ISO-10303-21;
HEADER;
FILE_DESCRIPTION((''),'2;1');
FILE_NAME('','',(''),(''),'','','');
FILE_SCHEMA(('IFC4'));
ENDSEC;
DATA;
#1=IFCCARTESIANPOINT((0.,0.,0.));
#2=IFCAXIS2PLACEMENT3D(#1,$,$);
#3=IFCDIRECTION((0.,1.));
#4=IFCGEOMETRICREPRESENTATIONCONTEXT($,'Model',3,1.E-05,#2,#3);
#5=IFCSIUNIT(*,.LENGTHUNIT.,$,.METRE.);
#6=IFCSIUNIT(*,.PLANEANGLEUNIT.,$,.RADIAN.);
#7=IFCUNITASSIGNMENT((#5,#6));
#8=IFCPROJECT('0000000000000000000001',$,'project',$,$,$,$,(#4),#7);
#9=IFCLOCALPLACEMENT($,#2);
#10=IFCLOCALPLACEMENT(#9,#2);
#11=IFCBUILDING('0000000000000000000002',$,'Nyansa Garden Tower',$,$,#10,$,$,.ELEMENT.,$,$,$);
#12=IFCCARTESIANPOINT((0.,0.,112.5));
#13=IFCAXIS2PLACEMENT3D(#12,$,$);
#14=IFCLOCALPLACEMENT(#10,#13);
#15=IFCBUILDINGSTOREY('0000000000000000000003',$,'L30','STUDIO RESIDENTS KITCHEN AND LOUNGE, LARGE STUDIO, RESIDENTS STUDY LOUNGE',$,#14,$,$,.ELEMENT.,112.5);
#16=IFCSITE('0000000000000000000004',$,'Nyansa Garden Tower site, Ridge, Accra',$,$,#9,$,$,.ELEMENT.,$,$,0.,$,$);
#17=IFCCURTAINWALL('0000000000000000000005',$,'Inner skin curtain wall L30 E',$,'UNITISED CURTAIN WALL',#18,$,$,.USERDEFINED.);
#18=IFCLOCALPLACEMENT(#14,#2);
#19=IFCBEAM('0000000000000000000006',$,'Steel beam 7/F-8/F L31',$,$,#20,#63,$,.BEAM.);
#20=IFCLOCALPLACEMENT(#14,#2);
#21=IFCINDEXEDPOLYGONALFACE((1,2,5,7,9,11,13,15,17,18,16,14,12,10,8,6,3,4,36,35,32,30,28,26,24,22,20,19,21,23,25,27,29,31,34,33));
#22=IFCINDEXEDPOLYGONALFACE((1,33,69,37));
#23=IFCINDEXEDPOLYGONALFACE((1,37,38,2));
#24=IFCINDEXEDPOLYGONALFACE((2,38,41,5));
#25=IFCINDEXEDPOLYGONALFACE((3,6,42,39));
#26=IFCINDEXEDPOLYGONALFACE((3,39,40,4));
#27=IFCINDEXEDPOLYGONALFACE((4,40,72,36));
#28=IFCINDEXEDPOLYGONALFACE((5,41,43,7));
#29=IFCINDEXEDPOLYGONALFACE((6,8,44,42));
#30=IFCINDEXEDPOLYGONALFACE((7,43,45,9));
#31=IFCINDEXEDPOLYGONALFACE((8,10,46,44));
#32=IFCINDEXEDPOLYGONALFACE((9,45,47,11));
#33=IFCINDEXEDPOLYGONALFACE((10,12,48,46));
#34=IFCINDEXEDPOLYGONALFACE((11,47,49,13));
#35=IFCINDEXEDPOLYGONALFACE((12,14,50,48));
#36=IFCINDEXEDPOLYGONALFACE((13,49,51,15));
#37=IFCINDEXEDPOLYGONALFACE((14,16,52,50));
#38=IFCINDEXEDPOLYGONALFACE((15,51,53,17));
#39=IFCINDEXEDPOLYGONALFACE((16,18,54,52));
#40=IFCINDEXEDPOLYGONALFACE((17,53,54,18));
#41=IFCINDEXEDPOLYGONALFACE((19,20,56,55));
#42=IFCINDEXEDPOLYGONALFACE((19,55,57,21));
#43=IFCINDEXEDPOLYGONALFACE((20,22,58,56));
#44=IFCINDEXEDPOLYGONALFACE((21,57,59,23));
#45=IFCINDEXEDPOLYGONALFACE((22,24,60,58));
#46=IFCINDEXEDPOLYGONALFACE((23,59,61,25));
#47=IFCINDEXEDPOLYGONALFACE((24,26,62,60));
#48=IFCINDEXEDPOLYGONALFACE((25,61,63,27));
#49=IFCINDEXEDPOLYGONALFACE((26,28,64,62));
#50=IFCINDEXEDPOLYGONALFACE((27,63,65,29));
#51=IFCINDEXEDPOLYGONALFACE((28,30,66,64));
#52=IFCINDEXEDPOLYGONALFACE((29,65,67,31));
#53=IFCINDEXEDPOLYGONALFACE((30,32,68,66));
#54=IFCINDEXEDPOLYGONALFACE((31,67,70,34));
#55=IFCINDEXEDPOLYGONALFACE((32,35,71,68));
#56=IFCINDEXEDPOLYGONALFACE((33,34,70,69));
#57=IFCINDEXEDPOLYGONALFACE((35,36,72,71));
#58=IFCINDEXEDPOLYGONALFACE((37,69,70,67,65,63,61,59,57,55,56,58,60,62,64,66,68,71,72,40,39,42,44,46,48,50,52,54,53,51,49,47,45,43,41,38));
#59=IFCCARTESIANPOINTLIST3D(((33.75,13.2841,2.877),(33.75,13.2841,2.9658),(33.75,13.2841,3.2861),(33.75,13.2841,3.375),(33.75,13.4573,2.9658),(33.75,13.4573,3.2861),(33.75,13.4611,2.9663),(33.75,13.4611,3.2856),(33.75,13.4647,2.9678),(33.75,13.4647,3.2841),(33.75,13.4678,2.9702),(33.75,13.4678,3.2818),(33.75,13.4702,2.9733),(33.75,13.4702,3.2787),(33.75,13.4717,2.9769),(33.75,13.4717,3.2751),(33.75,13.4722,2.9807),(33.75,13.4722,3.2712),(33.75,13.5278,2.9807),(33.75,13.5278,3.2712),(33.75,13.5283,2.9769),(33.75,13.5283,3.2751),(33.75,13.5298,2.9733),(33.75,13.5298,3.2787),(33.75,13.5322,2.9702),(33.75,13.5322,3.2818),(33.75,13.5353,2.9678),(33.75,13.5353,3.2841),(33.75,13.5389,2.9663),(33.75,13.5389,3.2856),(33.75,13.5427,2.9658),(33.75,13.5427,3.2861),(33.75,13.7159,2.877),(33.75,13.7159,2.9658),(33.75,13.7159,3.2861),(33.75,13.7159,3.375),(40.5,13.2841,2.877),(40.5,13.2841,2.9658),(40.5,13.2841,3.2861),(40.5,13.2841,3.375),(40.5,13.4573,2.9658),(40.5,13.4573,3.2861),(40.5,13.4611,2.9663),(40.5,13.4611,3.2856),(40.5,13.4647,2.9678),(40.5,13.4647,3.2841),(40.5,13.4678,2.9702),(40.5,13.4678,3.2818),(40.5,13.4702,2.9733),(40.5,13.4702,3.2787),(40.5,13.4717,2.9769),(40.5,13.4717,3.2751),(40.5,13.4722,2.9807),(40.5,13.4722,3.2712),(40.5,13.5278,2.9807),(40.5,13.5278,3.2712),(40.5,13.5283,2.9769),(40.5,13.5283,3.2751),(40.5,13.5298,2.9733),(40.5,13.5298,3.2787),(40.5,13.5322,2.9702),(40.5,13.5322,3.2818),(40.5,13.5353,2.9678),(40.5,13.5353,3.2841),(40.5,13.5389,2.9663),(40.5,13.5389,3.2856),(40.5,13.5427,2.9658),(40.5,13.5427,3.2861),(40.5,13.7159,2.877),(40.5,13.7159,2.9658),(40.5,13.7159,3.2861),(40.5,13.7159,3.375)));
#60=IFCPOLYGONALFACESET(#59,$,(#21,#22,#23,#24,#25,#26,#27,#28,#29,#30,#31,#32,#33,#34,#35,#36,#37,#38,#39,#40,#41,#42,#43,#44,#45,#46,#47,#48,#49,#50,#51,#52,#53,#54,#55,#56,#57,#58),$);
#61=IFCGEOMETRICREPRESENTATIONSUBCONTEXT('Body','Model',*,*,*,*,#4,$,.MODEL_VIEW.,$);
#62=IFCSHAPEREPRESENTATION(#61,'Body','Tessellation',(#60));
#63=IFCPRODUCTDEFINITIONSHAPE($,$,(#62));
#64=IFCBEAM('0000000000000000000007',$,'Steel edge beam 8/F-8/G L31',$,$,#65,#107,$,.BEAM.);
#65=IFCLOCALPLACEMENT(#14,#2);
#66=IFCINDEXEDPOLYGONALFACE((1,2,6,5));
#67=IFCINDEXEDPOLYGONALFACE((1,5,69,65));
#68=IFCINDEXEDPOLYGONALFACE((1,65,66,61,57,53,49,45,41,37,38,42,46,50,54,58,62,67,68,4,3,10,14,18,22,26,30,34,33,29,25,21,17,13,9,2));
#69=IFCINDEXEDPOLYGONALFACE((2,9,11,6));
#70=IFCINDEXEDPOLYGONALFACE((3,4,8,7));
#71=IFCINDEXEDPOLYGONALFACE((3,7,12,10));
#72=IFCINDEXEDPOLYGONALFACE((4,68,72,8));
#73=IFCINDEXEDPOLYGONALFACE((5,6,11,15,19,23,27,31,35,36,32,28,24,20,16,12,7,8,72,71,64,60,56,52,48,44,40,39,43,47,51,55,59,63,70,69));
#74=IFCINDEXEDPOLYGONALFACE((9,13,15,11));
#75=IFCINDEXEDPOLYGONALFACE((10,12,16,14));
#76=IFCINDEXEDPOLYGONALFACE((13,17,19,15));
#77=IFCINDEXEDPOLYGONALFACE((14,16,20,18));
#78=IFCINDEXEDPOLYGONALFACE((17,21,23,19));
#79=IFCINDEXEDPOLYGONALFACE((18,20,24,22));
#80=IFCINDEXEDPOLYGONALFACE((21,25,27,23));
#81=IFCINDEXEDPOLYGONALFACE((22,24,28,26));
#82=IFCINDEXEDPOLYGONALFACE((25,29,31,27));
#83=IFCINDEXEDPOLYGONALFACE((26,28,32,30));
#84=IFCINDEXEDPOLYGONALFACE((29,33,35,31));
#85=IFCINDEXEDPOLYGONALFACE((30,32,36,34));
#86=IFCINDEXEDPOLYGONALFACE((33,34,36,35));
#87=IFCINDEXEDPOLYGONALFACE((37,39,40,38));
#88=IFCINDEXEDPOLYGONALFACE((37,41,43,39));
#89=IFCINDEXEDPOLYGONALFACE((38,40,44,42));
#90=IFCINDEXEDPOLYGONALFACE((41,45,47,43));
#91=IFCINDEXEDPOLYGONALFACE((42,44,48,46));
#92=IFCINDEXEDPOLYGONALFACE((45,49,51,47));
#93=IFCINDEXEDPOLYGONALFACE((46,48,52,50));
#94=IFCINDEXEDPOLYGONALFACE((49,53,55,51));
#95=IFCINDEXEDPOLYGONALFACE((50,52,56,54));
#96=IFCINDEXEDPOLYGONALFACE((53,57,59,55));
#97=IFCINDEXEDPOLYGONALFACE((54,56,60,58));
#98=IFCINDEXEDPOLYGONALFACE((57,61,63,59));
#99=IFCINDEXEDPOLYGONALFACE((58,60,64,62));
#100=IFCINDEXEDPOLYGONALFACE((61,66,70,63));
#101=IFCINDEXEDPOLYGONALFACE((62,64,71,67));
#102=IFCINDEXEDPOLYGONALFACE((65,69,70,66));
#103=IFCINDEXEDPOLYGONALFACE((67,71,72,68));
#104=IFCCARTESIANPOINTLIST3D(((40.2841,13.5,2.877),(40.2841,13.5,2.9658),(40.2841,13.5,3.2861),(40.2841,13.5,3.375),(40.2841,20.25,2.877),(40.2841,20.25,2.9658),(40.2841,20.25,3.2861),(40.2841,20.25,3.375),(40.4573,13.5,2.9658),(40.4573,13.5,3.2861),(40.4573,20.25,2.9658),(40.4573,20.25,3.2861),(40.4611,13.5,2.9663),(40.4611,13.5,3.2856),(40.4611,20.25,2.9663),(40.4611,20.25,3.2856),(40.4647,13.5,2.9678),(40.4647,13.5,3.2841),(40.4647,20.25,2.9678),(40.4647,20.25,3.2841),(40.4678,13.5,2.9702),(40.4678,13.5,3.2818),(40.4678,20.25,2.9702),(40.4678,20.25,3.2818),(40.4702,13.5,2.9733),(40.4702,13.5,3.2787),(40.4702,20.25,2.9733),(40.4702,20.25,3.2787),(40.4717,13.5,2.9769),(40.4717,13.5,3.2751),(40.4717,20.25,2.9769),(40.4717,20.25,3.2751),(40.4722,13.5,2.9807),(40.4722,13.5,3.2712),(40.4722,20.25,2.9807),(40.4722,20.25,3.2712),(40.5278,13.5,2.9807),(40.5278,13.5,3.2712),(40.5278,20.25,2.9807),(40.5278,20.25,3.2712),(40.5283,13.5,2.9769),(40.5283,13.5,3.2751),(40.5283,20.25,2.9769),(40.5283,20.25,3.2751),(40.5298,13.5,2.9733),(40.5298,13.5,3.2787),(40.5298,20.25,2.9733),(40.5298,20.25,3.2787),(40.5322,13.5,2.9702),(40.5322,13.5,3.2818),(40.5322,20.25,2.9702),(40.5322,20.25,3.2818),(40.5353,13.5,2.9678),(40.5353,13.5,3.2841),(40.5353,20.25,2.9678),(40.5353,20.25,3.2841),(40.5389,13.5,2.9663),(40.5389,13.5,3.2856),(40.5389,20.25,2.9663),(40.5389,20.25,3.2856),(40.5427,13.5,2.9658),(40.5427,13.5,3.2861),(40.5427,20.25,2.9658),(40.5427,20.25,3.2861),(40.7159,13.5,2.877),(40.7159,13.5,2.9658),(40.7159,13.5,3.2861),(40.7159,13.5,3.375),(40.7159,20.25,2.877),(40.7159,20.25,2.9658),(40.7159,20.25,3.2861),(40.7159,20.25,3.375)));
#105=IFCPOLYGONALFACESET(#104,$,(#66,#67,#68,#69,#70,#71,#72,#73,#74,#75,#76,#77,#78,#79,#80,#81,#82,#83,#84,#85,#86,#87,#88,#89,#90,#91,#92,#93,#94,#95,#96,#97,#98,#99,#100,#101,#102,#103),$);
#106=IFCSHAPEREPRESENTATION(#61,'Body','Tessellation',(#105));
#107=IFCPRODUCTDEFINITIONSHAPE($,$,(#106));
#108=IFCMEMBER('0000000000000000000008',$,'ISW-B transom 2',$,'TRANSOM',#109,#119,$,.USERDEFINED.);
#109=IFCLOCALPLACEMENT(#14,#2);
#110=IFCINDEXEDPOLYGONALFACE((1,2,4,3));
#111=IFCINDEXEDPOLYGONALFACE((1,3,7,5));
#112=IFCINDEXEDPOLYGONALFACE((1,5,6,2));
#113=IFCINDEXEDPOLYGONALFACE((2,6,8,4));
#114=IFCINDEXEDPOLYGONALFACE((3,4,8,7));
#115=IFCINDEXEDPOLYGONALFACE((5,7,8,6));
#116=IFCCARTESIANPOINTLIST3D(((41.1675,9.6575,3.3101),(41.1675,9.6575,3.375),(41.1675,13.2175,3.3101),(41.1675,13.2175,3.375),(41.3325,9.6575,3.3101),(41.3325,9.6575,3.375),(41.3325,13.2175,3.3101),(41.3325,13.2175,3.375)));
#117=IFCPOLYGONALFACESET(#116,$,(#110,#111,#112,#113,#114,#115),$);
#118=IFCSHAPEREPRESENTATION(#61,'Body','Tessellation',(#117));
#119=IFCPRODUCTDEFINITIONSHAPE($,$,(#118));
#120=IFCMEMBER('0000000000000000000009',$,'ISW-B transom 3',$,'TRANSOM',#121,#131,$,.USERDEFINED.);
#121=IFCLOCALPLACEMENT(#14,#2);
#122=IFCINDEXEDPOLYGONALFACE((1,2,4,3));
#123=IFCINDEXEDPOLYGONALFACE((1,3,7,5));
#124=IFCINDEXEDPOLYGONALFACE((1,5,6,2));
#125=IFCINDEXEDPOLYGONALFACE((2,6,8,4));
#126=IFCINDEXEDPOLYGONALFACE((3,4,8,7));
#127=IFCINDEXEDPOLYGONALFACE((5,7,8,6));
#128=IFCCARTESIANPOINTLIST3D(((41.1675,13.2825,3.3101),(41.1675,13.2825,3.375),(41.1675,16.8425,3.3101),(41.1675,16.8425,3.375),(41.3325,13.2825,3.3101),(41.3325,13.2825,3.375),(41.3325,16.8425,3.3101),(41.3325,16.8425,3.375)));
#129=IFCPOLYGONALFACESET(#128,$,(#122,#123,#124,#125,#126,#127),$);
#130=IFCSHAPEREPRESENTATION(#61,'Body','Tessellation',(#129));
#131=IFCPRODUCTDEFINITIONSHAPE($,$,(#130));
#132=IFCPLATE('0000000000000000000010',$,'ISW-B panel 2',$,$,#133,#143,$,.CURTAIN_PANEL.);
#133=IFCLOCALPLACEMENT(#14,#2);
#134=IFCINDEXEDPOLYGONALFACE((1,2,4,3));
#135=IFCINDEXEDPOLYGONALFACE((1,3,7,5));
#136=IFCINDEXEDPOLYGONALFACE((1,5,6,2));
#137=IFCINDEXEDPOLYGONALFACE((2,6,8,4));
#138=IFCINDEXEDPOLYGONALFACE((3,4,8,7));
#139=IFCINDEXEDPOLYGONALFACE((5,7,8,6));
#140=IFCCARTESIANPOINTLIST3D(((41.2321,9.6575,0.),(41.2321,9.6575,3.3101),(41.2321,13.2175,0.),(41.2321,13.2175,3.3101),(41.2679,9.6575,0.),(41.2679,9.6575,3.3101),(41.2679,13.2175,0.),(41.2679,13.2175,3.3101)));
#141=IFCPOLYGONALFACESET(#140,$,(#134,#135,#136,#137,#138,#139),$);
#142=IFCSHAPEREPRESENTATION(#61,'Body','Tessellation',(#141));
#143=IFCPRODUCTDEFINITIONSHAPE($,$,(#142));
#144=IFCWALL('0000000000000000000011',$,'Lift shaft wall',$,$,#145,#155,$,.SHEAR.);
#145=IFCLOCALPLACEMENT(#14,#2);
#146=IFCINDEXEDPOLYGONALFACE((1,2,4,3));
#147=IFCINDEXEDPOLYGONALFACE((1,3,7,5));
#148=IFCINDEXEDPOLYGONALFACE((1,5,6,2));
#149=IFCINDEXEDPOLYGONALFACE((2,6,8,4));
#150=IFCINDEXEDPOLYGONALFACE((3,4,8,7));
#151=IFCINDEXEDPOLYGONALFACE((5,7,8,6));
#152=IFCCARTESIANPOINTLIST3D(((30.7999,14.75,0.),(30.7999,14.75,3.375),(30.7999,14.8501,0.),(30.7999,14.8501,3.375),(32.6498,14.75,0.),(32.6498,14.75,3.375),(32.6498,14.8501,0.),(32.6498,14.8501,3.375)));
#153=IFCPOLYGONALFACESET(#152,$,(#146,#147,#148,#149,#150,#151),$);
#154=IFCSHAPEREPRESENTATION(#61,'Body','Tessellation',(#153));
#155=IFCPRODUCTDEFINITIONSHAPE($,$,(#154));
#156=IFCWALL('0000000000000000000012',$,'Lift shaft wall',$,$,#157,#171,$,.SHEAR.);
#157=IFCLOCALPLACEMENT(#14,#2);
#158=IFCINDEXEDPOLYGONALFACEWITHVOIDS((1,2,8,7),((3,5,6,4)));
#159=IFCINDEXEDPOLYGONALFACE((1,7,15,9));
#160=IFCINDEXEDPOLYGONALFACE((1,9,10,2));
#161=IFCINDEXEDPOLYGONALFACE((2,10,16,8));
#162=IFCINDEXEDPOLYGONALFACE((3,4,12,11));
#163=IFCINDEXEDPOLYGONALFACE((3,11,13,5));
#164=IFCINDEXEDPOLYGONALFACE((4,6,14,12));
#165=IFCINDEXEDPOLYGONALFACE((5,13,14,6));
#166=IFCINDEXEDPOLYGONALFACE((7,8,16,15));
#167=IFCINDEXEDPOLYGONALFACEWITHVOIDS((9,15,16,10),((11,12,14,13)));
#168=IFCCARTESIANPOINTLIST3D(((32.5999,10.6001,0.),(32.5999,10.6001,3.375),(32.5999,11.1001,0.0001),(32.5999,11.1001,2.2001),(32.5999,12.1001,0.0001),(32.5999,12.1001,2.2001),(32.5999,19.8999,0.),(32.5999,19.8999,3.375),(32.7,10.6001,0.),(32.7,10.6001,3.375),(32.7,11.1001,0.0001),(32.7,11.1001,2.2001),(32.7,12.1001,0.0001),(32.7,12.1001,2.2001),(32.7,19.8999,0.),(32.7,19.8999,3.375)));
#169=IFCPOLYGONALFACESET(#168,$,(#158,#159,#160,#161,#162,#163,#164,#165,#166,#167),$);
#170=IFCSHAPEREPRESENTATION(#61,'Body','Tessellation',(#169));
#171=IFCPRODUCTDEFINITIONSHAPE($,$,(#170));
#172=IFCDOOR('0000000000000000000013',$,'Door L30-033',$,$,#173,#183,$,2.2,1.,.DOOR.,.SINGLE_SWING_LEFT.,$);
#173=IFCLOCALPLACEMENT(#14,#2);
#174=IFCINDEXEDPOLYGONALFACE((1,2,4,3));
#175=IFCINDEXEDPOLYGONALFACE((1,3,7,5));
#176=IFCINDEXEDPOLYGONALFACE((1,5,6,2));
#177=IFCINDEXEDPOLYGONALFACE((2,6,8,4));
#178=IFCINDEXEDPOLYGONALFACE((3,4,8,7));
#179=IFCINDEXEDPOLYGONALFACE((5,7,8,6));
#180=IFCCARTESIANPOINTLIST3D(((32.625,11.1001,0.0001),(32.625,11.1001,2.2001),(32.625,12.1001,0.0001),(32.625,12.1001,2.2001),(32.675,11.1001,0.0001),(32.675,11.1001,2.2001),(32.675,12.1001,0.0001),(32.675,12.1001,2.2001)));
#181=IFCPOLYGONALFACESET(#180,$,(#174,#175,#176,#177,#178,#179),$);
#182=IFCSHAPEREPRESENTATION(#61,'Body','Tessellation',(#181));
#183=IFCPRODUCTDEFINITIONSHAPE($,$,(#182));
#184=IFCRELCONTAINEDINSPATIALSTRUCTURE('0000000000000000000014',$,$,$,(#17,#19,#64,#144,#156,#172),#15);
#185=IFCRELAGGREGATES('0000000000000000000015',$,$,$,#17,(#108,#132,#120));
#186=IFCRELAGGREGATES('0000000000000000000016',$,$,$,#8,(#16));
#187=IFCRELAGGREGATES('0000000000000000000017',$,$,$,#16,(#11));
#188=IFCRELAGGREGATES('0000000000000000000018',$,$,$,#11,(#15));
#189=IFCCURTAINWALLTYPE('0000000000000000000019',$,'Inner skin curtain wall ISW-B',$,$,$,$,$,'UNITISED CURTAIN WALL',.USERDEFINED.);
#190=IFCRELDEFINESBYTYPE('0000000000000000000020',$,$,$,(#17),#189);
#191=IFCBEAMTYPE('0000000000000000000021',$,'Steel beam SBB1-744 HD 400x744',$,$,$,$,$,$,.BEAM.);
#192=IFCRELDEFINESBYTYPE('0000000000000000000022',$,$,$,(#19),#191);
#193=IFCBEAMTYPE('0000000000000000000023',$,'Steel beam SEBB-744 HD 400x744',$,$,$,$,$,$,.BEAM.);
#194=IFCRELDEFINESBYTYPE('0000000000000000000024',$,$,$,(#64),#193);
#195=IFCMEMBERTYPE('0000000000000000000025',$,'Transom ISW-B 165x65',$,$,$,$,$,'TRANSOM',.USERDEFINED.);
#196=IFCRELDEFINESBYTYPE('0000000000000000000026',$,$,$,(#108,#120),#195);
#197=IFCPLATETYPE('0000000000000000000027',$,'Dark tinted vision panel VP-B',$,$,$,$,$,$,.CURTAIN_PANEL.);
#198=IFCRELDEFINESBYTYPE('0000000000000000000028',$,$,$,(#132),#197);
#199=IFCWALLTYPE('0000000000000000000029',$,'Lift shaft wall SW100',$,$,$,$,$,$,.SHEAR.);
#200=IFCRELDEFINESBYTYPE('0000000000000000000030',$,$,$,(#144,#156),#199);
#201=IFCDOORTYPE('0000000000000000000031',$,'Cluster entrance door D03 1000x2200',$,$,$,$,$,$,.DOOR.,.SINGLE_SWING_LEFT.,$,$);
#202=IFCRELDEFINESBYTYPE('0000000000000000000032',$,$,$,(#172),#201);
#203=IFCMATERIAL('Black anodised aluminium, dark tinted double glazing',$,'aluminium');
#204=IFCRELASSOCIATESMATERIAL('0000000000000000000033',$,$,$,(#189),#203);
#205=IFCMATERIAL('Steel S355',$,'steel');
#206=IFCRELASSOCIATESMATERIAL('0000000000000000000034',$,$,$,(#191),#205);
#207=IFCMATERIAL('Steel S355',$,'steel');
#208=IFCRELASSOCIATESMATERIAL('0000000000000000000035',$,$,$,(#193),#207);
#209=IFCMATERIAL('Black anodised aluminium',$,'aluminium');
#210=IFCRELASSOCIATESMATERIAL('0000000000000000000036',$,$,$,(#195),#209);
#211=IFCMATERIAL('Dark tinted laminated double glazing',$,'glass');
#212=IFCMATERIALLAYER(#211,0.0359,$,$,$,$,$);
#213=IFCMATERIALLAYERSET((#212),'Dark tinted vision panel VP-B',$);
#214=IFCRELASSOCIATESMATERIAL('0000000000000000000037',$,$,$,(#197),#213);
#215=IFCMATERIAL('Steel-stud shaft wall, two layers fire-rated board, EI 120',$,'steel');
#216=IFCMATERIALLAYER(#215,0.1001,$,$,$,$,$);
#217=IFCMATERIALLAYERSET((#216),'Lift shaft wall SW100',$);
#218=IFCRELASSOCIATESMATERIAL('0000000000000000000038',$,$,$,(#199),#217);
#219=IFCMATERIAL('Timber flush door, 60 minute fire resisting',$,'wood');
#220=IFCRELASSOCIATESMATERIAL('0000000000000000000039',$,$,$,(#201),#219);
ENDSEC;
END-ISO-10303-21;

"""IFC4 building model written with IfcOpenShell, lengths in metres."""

from ifc_helpers import new_model, si_unit, direction, frame, frame_2d, origin, origin_2d, place, context, subcontext, project, spatial, rectangle, i_section, extrude, material, layer, layer_set, material_profile, profile_set, type_object, element, fill, aggregate, save


model = new_model("IFC4")

# Units and contexts
model_context = context("Model", 3, precision=1e-05, world=origin(), true_north=direction((0.0, 1.0)))
body_context = subcontext(model_context, "Body", "Model", "MODEL_VIEW")
ifc_project = project(units=[si_unit("LENGTHUNIT", "METRE"), si_unit("PLANEANGLEUNIT", "RADIAN")], contexts=[model_context])

# Site, building, storey
site_placement = place(None, origin())
site = spatial("IfcSite", under=ifc_project, at=site_placement, Name="Nyansa Garden Tower site, Ridge, Accra", CompositionType="ELEMENT", RefElevation=0.0)
building_placement = place(site_placement, origin())
building = spatial("IfcBuilding", under=site, at=building_placement, Name="Nyansa Garden Tower", CompositionType="ELEMENT")
storey_placement = place(building_placement, frame((0.0, 0.0, 112.5)))
storey = spatial("IfcBuildingStorey", under=building, at=storey_placement, Name="L30", Description="STUDIO RESIDENTS KITCHEN AND LOUNGE, LARGE STUDIO, RESIDENTS STUDY LOUNGE", CompositionType="ELEMENT", Elevation=112.5)

# Curtain wall
ifc_material_1 = material(Name="Black anodised aluminium, dark tinted double glazing", Category="aluminium")
curtain_wall_type = type_object("IfcCurtainWallType", Name="Inner skin curtain wall ISW-B", ElementType="UNITISED CURTAIN WALL", PredefinedType="USERDEFINED", material=ifc_material_1)
curtain_wall_placement = place(storey_placement, origin())
curtain_wall = element("IfcCurtainWall", 1, at=curtain_wall_placement, inside=storey, type_object=curtain_wall_type, Name="Inner skin curtain wall L30 E", ObjectType="UNITISED CURTAIN WALL", PredefinedType="USERDEFINED")

# Beams
ifc_material_2 = material(Name="Steel S355", Category="steel")
ifc_material_profile_1 = material_profile(ifc_material_2, i_section(OverallWidth=0.4319, OverallDepth=0.498, WebThickness=0.0557, FlangeThickness=0.0889, FilletRadius=0.0149, at=origin_2d()), Name="HD 400x744")
ifc_profile_set_1 = profile_set([ifc_material_profile_1], Name="Steel S355")
beam_type_1 = type_object("IfcBeamType", Name="Steel beam SBB1-744 HD 400x744", PredefinedType="BEAM", material=ifc_profile_set_1)
for number, where, z_axis, x_axis, name in (
    (2, (33.75, 13.5, 3.126), (1.0, 0.0, 0.0), (0.0, 1.0, 0.0), "Steel beam 7/F-8/F L31"),
):
    element("IfcBeam", number, at=place(storey_placement, frame(where, z_axis=z_axis, x_axis=x_axis)), inside=storey, type_object=beam_type_1, Name=name, PredefinedType="BEAM", context=body_context, shape_type="SweptSolid", body=[
        extrude(i_section(OverallWidth=0.4319, OverallDepth=0.498, WebThickness=0.0557, FlangeThickness=0.0889, FilletRadius=0.0149, at=origin_2d()), origin(), (0.0, 0.0, 1.0), 6.75),
    ])
ifc_material_3 = material(Name="Steel S355", Category="steel")
ifc_material_profile_2 = material_profile(ifc_material_3, i_section(OverallWidth=0.4319, OverallDepth=0.498, WebThickness=0.0557, FlangeThickness=0.0889, FilletRadius=0.0149, at=origin_2d()), Name="HD 400x744")
ifc_profile_set_2 = profile_set([ifc_material_profile_2], Name="Steel S355")
beam_type_2 = type_object("IfcBeamType", Name="Steel beam SEBB-744 HD 400x744", PredefinedType="BEAM", material=ifc_profile_set_2)
beam_1_placement = place(storey_placement, frame((40.5, 13.5, 3.126), z_axis=(0.0, 1.0, 0.0), x_axis=(-1.0, 0.0, 0.0)))
element("IfcBeam", 3, at=beam_1_placement, inside=storey, type_object=beam_type_2, Name="Steel edge beam 8/F-8/G L31", PredefinedType="BEAM", context=body_context, shape_type="SweptSolid", body=[
    extrude(i_section(OverallWidth=0.4319, OverallDepth=0.498, WebThickness=0.0557, FlangeThickness=0.0889, FilletRadius=0.0149, at=origin_2d()), origin(), (0.0, 0.0, 1.0), 6.75),
])

# Members
ifc_material_4 = material(Name="Black anodised aluminium", Category="aluminium")
ifc_material_profile_3 = material_profile(ifc_material_4, rectangle(XDim=0.165, YDim=0.0649, at=origin_2d()), Name="Transom 165x65")
ifc_profile_set_3 = profile_set([ifc_material_profile_3], Name="Black anodised aluminium")
member_type_1 = type_object("IfcMemberType", Name="Transom ISW-B 165x65", ElementType="TRANSOM", PredefinedType="USERDEFINED", material=ifc_profile_set_3)
member_1_placement = place(storey_placement, frame((41.25, 9.6575, 3.3425), z_axis=(0.0, 1.0, 0.0), x_axis=(-1.0, 0.0, 0.0)))
member_1 = element("IfcMember", 4, at=member_1_placement, type_object=member_type_1, Name="ISW-B transom 2", ObjectType="TRANSOM", PredefinedType="USERDEFINED", context=body_context, shape_type="SweptSolid", body=[
    extrude(rectangle(XDim=0.165, YDim=0.0649, at=origin_2d()), origin(), (0.0, 0.0, 1.0), 3.5601),
])
member_2_placement = place(storey_placement, frame((41.25, 13.2825, 3.3425), z_axis=(0.0, 1.0, 0.0), x_axis=(-1.0, 0.0, 0.0)))
member_2 = element("IfcMember", 5, at=member_2_placement, type_object=member_type_1, Name="ISW-B transom 3", ObjectType="TRANSOM", PredefinedType="USERDEFINED", context=body_context, shape_type="SweptSolid", body=[
    extrude(rectangle(XDim=0.165, YDim=0.0649, at=origin_2d()), origin(), (0.0, 0.0, 1.0), 3.5601),
])

# Plate
ifc_material_5 = material(Name="Dark tinted laminated double glazing", Category="glass")
ifc_layer_1 = layer(ifc_material_5, 0.0359)
ifc_layer_set_1 = layer_set([ifc_layer_1], Name="Dark tinted vision panel VP-B")
plate_type = type_object("IfcPlateType", Name="Dark tinted vision panel VP-B", PredefinedType="CURTAIN_PANEL", material=ifc_layer_set_1)
plate_placement = place(storey_placement, frame((41.25, 11.4375, 0.0), z_axis=(0.0, 0.0, 1.0), x_axis=(0.0, 1.0, 0.0)))
plate = element("IfcPlate", 6, at=plate_placement, type_object=plate_type, Name="ISW-B panel 2", PredefinedType="CURTAIN_PANEL", context=body_context, shape_type="SweptSolid", body=[
    extrude(rectangle(XDim=3.5601, YDim=0.0359, at=origin_2d()), origin(), (0.0, 0.0, 1.0), 3.3101),
])
aggregate(curtain_wall, [member_1, plate, member_2])

# Wall
ifc_material_6 = material(Name="Steel-stud shaft wall, two layers fire-rated board, EI 120", Category="steel")
ifc_layer_2 = layer(ifc_material_6, 0.1001)
ifc_layer_set_2 = layer_set([ifc_layer_2], Name="Lift shaft wall SW100")
wall_type_1 = type_object("IfcWallType", Name="Lift shaft wall SW100", PredefinedType="SHEAR", material=ifc_layer_set_2)
wall_1_placement = place(storey_placement, frame((30.8, 14.8, 0.0), z_axis=(0.0, 0.0, 1.0), x_axis=(1.0, 0.0, 0.0)))
element("IfcWall", 7, at=wall_1_placement, inside=storey, type_object=wall_type_1, Name="Lift shaft wall", PredefinedType="SHEAR", context=body_context, shape_type="SweptSolid", body=[
    extrude(rectangle(XDim=1.8499, YDim=0.1001, at=frame_2d((0.9248, 0.0))), origin(), (0.0, 0.0, 1.0), 3.375),
])

# Wall, opening, door
wall_2_placement = place(storey_placement, frame((32.6499, 10.6001, 0.0), z_axis=(0.0, 0.0, 1.0), x_axis=(0.0, 1.0, 0.0)))
wall_2 = element("IfcWall", 8, at=wall_2_placement, inside=storey, type_object=wall_type_1, Name="Lift shaft wall", PredefinedType="SHEAR", context=body_context, shape_type="SweptSolid", body=[
    extrude(rectangle(XDim=9.2998, YDim=0.1001, at=frame_2d((4.6499, 0.0))), origin(), (0.0, 0.0, 1.0), 3.375),
])
opening_1_placement = place(wall_2_placement, frame((0.5, 0.0, 0.0)))
opening_1 = element("IfcOpeningElement", 9, at=opening_1_placement, cuts=wall_2, PredefinedType="OPENING", context=body_context, shape_type="SweptSolid", body=[
    extrude(rectangle(XDim=1.0, YDim=2.2, at=frame_2d((0.5, 1.1001))), frame((0.0, 0.0601, 0.0), z_axis=(0.0, -1.0, 0.0), x_axis=(1.0, 0.0, 0.0)), (0.0, 0.0, 1.0), 0.1201),
])
ifc_material_7 = material(Name="Timber flush door, 60 minute fire resisting", Category="wood")
door_type_1 = type_object("IfcDoorType", Name="Cluster entrance door D03 1000x2200", OperationType="SINGLE_SWING_LEFT", PredefinedType="DOOR", material=ifc_material_7)
door_1_placement = place(opening_1_placement, origin())
door_1 = element("IfcDoor", 10, at=door_1_placement, inside=storey, type_object=door_type_1, Name="Door L30-033", OperationType="SINGLE_SWING_LEFT", OverallHeight=2.2, OverallWidth=1.0, PredefinedType="DOOR", context=body_context, shape_type="SweptSolid", body=[
    extrude(rectangle(XDim=1.0, YDim=2.2, at=frame_2d((0.5, 1.1001))), frame((0.0, 0.0249, 0.0), z_axis=(0.0, -1.0, 0.0), x_axis=(1.0, 0.0, 0.0)), (0.0, 0.0, 1.0), 0.05),
])
fill(opening_1, door_1)

save(model, "model.ifc")
